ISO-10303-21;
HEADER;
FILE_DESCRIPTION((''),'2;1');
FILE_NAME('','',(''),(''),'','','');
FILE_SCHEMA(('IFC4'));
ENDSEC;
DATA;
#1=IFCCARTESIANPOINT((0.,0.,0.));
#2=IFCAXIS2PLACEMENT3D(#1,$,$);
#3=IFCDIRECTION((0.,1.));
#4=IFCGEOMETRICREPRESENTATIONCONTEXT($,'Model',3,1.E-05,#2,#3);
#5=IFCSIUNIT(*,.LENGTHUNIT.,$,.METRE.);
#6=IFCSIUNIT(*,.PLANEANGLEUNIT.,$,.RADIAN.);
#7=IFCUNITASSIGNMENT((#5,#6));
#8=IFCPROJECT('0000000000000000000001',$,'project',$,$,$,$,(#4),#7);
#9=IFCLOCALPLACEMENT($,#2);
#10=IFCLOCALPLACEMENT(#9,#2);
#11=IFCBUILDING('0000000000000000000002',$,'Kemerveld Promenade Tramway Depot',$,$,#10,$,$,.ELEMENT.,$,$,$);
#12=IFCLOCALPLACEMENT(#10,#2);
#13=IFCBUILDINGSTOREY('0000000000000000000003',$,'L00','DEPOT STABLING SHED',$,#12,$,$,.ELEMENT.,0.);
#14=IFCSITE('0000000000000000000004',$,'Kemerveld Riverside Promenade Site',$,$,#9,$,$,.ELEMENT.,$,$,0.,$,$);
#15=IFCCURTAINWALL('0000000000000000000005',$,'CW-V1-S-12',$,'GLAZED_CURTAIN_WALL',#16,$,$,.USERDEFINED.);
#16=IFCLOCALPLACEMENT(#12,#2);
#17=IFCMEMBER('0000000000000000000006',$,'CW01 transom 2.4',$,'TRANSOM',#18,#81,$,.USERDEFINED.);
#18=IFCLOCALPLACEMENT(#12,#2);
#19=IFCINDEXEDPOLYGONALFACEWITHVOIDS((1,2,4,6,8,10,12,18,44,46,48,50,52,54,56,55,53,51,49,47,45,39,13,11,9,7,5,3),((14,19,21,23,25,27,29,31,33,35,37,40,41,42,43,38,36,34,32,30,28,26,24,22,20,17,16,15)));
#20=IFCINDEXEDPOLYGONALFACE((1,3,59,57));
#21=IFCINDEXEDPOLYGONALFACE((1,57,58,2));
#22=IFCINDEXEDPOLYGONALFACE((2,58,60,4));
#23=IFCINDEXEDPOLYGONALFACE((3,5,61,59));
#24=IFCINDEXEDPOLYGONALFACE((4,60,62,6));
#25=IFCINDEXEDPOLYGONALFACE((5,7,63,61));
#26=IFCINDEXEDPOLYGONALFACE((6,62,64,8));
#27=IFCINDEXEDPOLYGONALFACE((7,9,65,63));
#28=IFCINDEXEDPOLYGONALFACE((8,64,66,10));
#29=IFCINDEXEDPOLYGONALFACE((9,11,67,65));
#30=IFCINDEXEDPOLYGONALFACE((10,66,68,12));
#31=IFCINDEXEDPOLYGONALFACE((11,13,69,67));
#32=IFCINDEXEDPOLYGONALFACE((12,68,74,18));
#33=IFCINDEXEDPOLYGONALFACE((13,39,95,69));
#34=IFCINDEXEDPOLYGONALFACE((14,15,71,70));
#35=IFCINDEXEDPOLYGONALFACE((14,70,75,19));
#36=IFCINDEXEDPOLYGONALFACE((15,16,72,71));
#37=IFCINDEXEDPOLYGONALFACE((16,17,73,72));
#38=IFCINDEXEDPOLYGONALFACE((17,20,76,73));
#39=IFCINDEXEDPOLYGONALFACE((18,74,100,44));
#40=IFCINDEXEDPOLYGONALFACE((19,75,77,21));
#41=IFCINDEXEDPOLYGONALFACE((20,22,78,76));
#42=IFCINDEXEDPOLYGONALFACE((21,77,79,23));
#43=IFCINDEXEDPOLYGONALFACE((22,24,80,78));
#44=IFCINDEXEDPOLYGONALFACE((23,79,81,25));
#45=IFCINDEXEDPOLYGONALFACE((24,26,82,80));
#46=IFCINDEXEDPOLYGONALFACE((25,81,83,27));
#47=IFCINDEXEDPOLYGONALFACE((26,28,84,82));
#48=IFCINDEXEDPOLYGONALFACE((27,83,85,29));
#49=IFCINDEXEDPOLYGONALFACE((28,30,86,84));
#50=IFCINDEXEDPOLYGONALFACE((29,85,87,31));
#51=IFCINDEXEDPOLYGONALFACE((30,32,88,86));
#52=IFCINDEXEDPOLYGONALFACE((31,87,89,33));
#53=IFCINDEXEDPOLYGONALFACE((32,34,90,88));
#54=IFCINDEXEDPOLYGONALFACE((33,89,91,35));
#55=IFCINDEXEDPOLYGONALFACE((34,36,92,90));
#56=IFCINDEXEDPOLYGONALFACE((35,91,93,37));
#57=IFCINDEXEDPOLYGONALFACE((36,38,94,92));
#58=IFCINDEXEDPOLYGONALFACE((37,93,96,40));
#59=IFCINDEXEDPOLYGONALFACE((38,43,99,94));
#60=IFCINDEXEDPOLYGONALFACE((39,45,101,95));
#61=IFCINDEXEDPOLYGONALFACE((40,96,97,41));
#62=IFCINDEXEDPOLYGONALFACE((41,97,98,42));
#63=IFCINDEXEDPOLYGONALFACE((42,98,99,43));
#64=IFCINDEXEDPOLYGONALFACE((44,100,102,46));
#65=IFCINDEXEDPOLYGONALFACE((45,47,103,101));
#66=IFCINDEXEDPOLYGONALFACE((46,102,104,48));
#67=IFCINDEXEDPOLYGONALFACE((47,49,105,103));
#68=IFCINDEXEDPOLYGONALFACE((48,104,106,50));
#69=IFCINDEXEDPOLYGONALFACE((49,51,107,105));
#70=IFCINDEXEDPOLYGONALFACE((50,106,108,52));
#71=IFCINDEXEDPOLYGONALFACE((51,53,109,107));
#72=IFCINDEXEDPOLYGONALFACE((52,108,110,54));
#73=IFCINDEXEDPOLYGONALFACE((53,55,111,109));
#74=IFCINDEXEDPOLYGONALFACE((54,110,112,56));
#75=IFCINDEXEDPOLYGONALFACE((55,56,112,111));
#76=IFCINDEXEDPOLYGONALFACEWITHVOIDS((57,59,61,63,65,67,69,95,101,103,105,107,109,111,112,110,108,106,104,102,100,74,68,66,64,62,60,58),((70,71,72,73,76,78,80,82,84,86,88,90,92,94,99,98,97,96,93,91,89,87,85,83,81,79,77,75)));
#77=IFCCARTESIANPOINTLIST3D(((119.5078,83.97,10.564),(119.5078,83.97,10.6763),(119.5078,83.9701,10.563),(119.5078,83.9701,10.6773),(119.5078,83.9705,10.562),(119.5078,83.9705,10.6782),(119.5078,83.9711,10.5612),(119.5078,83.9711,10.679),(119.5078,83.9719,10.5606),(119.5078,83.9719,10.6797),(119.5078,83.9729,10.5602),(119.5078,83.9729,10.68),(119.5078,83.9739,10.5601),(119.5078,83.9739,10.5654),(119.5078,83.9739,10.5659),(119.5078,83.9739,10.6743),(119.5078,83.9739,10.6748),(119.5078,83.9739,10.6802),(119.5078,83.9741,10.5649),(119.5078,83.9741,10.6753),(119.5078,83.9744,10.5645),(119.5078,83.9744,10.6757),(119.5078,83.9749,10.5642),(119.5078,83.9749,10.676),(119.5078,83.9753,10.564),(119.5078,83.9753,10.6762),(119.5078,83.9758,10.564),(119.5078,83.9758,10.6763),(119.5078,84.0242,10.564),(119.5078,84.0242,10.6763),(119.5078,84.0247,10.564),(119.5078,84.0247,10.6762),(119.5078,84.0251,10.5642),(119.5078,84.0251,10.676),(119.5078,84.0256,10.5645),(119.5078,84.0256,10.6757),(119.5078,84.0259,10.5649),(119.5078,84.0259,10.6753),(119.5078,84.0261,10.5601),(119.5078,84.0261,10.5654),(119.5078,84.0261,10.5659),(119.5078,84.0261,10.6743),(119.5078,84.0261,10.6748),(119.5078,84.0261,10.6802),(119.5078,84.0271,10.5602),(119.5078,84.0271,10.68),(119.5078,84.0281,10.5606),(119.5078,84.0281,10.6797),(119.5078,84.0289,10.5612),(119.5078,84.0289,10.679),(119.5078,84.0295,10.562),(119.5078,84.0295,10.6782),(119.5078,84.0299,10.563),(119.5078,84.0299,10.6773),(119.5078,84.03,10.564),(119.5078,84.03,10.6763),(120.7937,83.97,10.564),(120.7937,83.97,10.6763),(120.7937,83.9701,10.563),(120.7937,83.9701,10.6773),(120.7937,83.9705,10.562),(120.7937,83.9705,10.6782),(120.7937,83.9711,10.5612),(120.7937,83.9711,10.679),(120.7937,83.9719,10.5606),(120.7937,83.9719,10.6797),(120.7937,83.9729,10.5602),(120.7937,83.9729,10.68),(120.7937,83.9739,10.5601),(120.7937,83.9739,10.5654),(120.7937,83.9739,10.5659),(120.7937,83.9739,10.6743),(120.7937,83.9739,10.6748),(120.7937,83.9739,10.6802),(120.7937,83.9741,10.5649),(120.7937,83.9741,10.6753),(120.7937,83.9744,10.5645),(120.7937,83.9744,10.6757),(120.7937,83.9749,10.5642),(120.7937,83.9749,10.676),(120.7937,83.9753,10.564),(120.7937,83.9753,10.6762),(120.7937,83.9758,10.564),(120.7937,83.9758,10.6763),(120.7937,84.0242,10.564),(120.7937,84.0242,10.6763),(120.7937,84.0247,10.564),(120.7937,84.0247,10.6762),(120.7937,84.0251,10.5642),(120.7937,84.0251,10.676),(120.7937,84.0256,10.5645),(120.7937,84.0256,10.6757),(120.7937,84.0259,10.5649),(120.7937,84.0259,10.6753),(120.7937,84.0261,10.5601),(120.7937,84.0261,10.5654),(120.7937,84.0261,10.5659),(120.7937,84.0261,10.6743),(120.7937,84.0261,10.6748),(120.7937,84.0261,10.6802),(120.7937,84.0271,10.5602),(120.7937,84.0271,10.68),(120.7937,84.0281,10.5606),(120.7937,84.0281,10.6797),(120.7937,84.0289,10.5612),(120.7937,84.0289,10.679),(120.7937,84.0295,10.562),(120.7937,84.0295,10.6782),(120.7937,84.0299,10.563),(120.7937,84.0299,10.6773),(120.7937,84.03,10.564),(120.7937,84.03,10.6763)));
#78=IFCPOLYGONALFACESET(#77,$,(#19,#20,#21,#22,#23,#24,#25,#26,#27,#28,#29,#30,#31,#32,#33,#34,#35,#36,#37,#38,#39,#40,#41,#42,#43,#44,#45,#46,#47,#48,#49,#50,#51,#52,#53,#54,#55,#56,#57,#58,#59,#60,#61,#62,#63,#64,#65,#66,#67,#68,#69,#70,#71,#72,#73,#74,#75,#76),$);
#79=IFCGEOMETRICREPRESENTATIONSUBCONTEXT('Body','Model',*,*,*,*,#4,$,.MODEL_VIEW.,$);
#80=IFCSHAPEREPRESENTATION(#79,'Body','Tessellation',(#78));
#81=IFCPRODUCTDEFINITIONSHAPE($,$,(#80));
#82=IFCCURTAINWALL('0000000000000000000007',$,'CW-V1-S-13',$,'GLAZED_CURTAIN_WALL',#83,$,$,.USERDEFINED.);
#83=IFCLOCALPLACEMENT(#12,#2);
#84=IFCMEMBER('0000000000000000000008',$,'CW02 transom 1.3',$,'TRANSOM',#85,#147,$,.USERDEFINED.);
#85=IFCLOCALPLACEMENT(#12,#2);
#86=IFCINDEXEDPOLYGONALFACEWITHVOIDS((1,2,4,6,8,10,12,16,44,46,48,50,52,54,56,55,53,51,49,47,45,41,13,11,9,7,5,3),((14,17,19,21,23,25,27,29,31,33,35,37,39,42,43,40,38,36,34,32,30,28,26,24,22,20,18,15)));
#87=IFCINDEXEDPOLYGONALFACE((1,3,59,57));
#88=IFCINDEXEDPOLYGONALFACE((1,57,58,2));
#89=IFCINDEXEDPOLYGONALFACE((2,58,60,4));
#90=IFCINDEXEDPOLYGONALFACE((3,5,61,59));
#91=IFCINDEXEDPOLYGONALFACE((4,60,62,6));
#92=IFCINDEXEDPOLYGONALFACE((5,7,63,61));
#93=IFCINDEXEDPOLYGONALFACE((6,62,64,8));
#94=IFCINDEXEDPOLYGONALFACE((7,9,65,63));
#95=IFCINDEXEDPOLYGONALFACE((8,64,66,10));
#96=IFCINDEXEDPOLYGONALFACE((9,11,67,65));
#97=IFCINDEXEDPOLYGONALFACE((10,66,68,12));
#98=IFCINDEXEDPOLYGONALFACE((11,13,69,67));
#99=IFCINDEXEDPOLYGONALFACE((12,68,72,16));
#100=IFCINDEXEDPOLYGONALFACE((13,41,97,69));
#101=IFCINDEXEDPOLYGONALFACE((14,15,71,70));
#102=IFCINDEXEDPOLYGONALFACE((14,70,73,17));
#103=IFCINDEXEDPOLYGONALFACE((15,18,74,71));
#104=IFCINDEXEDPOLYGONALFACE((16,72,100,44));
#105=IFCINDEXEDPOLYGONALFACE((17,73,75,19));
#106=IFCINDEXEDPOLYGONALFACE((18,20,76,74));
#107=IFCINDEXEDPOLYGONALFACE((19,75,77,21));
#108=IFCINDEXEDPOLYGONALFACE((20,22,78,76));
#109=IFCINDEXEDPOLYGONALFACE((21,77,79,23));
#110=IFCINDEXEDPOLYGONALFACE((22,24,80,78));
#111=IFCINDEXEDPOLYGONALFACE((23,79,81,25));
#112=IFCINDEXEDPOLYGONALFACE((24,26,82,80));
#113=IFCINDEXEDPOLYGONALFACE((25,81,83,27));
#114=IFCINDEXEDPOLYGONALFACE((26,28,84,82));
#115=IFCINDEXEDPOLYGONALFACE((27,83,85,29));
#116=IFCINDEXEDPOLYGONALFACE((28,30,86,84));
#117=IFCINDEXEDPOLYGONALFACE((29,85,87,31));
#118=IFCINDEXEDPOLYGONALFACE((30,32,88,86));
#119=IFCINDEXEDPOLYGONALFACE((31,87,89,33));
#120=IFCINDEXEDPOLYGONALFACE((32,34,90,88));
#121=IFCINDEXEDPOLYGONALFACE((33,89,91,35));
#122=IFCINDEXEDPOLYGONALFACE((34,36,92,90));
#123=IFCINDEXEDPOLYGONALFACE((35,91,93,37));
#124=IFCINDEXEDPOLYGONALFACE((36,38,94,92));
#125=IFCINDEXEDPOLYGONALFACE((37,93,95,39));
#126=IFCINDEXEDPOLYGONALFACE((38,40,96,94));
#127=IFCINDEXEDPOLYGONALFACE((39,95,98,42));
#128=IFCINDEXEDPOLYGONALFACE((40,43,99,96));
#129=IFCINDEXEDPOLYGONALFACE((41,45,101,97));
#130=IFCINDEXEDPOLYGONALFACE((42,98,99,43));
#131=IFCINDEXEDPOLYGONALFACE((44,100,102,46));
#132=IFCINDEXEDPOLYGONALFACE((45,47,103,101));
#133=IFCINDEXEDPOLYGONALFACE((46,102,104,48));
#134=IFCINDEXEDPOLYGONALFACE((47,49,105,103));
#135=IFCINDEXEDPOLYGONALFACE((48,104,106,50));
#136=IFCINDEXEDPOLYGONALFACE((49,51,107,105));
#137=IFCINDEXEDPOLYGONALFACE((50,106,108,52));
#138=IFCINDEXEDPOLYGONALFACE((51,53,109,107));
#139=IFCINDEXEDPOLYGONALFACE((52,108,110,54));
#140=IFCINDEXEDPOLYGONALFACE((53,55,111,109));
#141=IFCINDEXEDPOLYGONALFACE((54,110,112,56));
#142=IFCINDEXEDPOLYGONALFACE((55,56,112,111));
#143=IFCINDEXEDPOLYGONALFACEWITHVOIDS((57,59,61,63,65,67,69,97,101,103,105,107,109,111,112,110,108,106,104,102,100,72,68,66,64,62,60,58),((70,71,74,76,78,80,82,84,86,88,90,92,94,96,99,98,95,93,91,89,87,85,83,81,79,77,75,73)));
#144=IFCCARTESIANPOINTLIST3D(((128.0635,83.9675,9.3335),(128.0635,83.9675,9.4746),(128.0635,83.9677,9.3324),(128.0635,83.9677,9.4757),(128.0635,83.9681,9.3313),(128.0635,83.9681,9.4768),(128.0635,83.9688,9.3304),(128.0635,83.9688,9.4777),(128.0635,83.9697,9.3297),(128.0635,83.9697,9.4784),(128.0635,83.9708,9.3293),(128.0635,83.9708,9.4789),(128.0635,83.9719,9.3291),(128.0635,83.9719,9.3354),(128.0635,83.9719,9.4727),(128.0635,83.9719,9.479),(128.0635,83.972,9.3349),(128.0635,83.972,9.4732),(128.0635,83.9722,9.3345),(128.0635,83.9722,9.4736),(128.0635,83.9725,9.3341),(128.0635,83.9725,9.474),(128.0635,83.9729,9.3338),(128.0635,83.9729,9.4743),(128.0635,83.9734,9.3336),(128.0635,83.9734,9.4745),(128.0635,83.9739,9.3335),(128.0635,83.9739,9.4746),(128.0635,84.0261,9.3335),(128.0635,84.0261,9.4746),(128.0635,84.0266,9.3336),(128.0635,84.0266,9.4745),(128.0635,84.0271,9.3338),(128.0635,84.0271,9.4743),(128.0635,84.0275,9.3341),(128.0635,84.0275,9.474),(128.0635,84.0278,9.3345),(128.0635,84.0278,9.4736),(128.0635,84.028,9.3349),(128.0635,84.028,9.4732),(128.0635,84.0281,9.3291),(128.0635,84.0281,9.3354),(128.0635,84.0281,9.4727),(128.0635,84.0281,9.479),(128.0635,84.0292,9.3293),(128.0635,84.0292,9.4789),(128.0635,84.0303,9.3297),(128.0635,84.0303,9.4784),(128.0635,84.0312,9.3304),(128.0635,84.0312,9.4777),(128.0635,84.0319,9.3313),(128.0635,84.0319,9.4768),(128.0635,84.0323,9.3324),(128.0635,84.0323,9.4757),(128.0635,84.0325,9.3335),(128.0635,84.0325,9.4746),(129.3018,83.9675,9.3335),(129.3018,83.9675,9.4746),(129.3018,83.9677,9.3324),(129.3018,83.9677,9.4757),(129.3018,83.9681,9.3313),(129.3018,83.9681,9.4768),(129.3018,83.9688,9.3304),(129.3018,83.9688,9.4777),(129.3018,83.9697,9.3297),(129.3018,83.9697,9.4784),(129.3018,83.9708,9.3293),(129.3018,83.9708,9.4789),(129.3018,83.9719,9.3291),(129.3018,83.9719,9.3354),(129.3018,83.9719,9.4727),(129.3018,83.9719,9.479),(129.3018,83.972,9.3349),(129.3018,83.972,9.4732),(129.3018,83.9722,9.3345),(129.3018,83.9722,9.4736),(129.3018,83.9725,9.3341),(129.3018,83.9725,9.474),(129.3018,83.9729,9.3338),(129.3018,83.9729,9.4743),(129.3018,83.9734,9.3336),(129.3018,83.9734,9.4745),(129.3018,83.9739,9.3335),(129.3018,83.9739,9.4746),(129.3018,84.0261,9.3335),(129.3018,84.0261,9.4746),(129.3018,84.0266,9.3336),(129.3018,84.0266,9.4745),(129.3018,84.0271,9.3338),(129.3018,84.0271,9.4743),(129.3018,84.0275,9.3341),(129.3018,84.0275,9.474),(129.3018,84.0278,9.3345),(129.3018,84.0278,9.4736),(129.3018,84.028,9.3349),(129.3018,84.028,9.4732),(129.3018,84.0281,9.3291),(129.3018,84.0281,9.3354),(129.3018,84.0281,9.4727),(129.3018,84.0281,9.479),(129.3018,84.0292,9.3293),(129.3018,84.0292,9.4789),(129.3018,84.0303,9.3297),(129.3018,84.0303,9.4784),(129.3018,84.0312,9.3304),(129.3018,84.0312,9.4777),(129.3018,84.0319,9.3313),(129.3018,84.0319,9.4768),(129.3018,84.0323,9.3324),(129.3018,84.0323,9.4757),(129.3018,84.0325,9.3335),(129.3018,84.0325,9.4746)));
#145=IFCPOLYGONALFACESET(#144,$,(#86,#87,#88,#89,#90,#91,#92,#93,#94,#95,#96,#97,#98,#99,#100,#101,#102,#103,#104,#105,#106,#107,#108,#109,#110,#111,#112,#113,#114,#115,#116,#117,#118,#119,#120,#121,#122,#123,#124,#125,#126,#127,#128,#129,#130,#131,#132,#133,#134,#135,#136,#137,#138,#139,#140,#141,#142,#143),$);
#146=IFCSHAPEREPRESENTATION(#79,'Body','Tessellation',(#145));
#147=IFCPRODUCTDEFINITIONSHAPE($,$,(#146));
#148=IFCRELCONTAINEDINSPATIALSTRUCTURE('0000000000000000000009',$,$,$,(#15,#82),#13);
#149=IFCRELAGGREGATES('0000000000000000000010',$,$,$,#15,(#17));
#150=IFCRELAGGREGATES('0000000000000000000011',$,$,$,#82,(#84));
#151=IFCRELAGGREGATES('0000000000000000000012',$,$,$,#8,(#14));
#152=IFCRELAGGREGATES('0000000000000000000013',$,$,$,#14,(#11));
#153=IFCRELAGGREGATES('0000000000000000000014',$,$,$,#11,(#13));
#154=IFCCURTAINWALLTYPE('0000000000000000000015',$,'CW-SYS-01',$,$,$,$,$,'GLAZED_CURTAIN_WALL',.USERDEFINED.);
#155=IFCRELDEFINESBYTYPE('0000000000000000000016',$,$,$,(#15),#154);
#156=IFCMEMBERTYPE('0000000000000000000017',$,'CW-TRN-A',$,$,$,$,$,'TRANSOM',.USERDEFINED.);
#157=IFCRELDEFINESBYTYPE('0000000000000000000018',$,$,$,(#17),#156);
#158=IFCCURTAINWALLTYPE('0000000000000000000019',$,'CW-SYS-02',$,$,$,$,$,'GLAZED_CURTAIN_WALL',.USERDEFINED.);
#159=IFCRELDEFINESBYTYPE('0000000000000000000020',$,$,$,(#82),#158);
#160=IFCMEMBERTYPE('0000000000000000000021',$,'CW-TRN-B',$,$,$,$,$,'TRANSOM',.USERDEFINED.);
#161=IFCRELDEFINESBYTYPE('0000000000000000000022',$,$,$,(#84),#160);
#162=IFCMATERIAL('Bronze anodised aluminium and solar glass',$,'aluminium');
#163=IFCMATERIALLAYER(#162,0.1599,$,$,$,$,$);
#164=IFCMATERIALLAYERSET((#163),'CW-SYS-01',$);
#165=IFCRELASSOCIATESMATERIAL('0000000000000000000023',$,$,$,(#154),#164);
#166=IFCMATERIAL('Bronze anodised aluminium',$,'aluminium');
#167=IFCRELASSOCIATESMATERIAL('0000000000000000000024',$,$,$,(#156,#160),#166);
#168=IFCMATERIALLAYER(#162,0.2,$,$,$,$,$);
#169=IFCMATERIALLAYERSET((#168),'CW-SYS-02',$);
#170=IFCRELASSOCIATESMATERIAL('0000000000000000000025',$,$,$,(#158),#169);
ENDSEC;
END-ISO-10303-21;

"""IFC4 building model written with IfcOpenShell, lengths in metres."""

from ifc_helpers import new_model, si_unit, direction, frame, origin, origin_2d, place, context, subcontext, project, spatial, hollow_rectangle, extrude, material, layer, layer_set, material_profile, profile_set, type_object, element, aggregate, save


model = new_model("IFC4")

# Units and contexts
model_context = context("Model", 3, precision=1e-05, world=origin(), true_north=direction((0.0, 1.0)))
body_context = subcontext(model_context, "Body", "Model", "MODEL_VIEW")
ifc_project = project(units=[si_unit("LENGTHUNIT", "METRE"), si_unit("PLANEANGLEUNIT", "RADIAN")], contexts=[model_context])

# Site, building, storey
site_placement = place(None, origin())
site = spatial("IfcSite", under=ifc_project, at=site_placement, Name="Kemerveld Riverside Promenade Site", CompositionType="ELEMENT", RefElevation=0.0)
building_placement = place(site_placement, origin())
building = spatial("IfcBuilding", under=site, at=building_placement, Name="Kemerveld Promenade Tramway Depot", CompositionType="ELEMENT")
storey_placement = place(building_placement, origin())
storey = spatial("IfcBuildingStorey", under=building, at=storey_placement, Name="L00", Description="DEPOT STABLING SHED", CompositionType="ELEMENT", Elevation=0.0)

# Curtain walls, members
ifc_material_1 = material(Name="Bronze anodised aluminium and solar glass", Category="aluminium")
ifc_layer_1 = layer(ifc_material_1, 0.1599)
ifc_layer_set_1 = layer_set([ifc_layer_1], Name="CW-SYS-01")
curtain_wall_type_1 = type_object("IfcCurtainWallType", Name="CW-SYS-01", ElementType="GLAZED_CURTAIN_WALL", PredefinedType="USERDEFINED", material=ifc_layer_set_1)
curtain_wall_1_placement = place(storey_placement, origin())
curtain_wall_1 = element("IfcCurtainWall", 1, at=curtain_wall_1_placement, inside=storey, type_object=curtain_wall_type_1, Name="CW-V1-S-12", ObjectType="GLAZED_CURTAIN_WALL", PredefinedType="USERDEFINED")
ifc_material_2 = material(Name="Bronze anodised aluminium", Category="aluminium")
ifc_material_profile_1 = material_profile(ifc_material_2, hollow_rectangle(XDim=0.0601, YDim=0.1201, WallThickness=0.0039, InnerFilletRadius=0.002, OuterFilletRadius=0.0039, at=origin_2d()), Name="CW-TRN-120x60")
ifc_profile_set_1 = profile_set([ifc_material_profile_1], Name="Bronze anodised aluminium")
member_type_1 = type_object("IfcMemberType", Name="CW-TRN-A", ElementType="TRANSOM", PredefinedType="USERDEFINED", material=ifc_profile_set_1)
member_1_placement = place(storey_placement, frame((120.7937, 84.0, 10.6201), z_axis=(-1.0, 0.0, 0.0), x_axis=(0.0, -1.0, 0.0)))
member_1 = element("IfcMember", 2, at=member_1_placement, type_object=member_type_1, Name="CW01 transom 2.4", ObjectType="TRANSOM", PredefinedType="USERDEFINED", context=body_context, shape_type="SweptSolid", body=[
    extrude(hollow_rectangle(XDim=0.0601, YDim=0.1201, WallThickness=0.0039, InnerFilletRadius=0.002, OuterFilletRadius=0.0039, at=origin_2d()), origin(), (0.0, 0.0, 1.0), 1.2859),
])
ifc_layer_2 = layer(ifc_material_1, 0.2)
ifc_layer_set_2 = layer_set([ifc_layer_2], Name="CW-SYS-02")
curtain_wall_type_2 = type_object("IfcCurtainWallType", Name="CW-SYS-02", ElementType="GLAZED_CURTAIN_WALL", PredefinedType="USERDEFINED", material=ifc_layer_set_2)
curtain_wall_2_placement = place(storey_placement, origin())
curtain_wall_2 = element("IfcCurtainWall", 3, at=curtain_wall_2_placement, inside=storey, type_object=curtain_wall_type_2, Name="CW-V1-S-13", ObjectType="GLAZED_CURTAIN_WALL", PredefinedType="USERDEFINED")
ifc_material_profile_2 = material_profile(ifc_material_2, hollow_rectangle(XDim=0.0649, YDim=0.1499, WallThickness=0.0044, InnerFilletRadius=0.002, OuterFilletRadius=0.0044, at=origin_2d()), Name="CW-TRN-150x65")
ifc_profile_set_2 = profile_set([ifc_material_profile_2], Name="Bronze anodised aluminium")
member_type_2 = type_object("IfcMemberType", Name="CW-TRN-B", ElementType="TRANSOM", PredefinedType="USERDEFINED", material=ifc_profile_set_2)
member_2_placement = place(storey_placement, frame((129.3018, 84.0, 9.4041), z_axis=(-1.0, 0.0, 0.0), x_axis=(0.0, -1.0, 0.0)))
member_2 = element("IfcMember", 4, at=member_2_placement, type_object=member_type_2, Name="CW02 transom 1.3", ObjectType="TRANSOM", PredefinedType="USERDEFINED", context=body_context, shape_type="SweptSolid", body=[
    extrude(hollow_rectangle(XDim=0.0649, YDim=0.1499, WallThickness=0.0044, InnerFilletRadius=0.002, OuterFilletRadius=0.0044, at=origin_2d()), origin(), (0.0, 0.0, 1.0), 1.2383),
])

aggregate(curtain_wall_1, [member_1])
aggregate(curtain_wall_2, [member_2])

save(model, "model.ifc")
